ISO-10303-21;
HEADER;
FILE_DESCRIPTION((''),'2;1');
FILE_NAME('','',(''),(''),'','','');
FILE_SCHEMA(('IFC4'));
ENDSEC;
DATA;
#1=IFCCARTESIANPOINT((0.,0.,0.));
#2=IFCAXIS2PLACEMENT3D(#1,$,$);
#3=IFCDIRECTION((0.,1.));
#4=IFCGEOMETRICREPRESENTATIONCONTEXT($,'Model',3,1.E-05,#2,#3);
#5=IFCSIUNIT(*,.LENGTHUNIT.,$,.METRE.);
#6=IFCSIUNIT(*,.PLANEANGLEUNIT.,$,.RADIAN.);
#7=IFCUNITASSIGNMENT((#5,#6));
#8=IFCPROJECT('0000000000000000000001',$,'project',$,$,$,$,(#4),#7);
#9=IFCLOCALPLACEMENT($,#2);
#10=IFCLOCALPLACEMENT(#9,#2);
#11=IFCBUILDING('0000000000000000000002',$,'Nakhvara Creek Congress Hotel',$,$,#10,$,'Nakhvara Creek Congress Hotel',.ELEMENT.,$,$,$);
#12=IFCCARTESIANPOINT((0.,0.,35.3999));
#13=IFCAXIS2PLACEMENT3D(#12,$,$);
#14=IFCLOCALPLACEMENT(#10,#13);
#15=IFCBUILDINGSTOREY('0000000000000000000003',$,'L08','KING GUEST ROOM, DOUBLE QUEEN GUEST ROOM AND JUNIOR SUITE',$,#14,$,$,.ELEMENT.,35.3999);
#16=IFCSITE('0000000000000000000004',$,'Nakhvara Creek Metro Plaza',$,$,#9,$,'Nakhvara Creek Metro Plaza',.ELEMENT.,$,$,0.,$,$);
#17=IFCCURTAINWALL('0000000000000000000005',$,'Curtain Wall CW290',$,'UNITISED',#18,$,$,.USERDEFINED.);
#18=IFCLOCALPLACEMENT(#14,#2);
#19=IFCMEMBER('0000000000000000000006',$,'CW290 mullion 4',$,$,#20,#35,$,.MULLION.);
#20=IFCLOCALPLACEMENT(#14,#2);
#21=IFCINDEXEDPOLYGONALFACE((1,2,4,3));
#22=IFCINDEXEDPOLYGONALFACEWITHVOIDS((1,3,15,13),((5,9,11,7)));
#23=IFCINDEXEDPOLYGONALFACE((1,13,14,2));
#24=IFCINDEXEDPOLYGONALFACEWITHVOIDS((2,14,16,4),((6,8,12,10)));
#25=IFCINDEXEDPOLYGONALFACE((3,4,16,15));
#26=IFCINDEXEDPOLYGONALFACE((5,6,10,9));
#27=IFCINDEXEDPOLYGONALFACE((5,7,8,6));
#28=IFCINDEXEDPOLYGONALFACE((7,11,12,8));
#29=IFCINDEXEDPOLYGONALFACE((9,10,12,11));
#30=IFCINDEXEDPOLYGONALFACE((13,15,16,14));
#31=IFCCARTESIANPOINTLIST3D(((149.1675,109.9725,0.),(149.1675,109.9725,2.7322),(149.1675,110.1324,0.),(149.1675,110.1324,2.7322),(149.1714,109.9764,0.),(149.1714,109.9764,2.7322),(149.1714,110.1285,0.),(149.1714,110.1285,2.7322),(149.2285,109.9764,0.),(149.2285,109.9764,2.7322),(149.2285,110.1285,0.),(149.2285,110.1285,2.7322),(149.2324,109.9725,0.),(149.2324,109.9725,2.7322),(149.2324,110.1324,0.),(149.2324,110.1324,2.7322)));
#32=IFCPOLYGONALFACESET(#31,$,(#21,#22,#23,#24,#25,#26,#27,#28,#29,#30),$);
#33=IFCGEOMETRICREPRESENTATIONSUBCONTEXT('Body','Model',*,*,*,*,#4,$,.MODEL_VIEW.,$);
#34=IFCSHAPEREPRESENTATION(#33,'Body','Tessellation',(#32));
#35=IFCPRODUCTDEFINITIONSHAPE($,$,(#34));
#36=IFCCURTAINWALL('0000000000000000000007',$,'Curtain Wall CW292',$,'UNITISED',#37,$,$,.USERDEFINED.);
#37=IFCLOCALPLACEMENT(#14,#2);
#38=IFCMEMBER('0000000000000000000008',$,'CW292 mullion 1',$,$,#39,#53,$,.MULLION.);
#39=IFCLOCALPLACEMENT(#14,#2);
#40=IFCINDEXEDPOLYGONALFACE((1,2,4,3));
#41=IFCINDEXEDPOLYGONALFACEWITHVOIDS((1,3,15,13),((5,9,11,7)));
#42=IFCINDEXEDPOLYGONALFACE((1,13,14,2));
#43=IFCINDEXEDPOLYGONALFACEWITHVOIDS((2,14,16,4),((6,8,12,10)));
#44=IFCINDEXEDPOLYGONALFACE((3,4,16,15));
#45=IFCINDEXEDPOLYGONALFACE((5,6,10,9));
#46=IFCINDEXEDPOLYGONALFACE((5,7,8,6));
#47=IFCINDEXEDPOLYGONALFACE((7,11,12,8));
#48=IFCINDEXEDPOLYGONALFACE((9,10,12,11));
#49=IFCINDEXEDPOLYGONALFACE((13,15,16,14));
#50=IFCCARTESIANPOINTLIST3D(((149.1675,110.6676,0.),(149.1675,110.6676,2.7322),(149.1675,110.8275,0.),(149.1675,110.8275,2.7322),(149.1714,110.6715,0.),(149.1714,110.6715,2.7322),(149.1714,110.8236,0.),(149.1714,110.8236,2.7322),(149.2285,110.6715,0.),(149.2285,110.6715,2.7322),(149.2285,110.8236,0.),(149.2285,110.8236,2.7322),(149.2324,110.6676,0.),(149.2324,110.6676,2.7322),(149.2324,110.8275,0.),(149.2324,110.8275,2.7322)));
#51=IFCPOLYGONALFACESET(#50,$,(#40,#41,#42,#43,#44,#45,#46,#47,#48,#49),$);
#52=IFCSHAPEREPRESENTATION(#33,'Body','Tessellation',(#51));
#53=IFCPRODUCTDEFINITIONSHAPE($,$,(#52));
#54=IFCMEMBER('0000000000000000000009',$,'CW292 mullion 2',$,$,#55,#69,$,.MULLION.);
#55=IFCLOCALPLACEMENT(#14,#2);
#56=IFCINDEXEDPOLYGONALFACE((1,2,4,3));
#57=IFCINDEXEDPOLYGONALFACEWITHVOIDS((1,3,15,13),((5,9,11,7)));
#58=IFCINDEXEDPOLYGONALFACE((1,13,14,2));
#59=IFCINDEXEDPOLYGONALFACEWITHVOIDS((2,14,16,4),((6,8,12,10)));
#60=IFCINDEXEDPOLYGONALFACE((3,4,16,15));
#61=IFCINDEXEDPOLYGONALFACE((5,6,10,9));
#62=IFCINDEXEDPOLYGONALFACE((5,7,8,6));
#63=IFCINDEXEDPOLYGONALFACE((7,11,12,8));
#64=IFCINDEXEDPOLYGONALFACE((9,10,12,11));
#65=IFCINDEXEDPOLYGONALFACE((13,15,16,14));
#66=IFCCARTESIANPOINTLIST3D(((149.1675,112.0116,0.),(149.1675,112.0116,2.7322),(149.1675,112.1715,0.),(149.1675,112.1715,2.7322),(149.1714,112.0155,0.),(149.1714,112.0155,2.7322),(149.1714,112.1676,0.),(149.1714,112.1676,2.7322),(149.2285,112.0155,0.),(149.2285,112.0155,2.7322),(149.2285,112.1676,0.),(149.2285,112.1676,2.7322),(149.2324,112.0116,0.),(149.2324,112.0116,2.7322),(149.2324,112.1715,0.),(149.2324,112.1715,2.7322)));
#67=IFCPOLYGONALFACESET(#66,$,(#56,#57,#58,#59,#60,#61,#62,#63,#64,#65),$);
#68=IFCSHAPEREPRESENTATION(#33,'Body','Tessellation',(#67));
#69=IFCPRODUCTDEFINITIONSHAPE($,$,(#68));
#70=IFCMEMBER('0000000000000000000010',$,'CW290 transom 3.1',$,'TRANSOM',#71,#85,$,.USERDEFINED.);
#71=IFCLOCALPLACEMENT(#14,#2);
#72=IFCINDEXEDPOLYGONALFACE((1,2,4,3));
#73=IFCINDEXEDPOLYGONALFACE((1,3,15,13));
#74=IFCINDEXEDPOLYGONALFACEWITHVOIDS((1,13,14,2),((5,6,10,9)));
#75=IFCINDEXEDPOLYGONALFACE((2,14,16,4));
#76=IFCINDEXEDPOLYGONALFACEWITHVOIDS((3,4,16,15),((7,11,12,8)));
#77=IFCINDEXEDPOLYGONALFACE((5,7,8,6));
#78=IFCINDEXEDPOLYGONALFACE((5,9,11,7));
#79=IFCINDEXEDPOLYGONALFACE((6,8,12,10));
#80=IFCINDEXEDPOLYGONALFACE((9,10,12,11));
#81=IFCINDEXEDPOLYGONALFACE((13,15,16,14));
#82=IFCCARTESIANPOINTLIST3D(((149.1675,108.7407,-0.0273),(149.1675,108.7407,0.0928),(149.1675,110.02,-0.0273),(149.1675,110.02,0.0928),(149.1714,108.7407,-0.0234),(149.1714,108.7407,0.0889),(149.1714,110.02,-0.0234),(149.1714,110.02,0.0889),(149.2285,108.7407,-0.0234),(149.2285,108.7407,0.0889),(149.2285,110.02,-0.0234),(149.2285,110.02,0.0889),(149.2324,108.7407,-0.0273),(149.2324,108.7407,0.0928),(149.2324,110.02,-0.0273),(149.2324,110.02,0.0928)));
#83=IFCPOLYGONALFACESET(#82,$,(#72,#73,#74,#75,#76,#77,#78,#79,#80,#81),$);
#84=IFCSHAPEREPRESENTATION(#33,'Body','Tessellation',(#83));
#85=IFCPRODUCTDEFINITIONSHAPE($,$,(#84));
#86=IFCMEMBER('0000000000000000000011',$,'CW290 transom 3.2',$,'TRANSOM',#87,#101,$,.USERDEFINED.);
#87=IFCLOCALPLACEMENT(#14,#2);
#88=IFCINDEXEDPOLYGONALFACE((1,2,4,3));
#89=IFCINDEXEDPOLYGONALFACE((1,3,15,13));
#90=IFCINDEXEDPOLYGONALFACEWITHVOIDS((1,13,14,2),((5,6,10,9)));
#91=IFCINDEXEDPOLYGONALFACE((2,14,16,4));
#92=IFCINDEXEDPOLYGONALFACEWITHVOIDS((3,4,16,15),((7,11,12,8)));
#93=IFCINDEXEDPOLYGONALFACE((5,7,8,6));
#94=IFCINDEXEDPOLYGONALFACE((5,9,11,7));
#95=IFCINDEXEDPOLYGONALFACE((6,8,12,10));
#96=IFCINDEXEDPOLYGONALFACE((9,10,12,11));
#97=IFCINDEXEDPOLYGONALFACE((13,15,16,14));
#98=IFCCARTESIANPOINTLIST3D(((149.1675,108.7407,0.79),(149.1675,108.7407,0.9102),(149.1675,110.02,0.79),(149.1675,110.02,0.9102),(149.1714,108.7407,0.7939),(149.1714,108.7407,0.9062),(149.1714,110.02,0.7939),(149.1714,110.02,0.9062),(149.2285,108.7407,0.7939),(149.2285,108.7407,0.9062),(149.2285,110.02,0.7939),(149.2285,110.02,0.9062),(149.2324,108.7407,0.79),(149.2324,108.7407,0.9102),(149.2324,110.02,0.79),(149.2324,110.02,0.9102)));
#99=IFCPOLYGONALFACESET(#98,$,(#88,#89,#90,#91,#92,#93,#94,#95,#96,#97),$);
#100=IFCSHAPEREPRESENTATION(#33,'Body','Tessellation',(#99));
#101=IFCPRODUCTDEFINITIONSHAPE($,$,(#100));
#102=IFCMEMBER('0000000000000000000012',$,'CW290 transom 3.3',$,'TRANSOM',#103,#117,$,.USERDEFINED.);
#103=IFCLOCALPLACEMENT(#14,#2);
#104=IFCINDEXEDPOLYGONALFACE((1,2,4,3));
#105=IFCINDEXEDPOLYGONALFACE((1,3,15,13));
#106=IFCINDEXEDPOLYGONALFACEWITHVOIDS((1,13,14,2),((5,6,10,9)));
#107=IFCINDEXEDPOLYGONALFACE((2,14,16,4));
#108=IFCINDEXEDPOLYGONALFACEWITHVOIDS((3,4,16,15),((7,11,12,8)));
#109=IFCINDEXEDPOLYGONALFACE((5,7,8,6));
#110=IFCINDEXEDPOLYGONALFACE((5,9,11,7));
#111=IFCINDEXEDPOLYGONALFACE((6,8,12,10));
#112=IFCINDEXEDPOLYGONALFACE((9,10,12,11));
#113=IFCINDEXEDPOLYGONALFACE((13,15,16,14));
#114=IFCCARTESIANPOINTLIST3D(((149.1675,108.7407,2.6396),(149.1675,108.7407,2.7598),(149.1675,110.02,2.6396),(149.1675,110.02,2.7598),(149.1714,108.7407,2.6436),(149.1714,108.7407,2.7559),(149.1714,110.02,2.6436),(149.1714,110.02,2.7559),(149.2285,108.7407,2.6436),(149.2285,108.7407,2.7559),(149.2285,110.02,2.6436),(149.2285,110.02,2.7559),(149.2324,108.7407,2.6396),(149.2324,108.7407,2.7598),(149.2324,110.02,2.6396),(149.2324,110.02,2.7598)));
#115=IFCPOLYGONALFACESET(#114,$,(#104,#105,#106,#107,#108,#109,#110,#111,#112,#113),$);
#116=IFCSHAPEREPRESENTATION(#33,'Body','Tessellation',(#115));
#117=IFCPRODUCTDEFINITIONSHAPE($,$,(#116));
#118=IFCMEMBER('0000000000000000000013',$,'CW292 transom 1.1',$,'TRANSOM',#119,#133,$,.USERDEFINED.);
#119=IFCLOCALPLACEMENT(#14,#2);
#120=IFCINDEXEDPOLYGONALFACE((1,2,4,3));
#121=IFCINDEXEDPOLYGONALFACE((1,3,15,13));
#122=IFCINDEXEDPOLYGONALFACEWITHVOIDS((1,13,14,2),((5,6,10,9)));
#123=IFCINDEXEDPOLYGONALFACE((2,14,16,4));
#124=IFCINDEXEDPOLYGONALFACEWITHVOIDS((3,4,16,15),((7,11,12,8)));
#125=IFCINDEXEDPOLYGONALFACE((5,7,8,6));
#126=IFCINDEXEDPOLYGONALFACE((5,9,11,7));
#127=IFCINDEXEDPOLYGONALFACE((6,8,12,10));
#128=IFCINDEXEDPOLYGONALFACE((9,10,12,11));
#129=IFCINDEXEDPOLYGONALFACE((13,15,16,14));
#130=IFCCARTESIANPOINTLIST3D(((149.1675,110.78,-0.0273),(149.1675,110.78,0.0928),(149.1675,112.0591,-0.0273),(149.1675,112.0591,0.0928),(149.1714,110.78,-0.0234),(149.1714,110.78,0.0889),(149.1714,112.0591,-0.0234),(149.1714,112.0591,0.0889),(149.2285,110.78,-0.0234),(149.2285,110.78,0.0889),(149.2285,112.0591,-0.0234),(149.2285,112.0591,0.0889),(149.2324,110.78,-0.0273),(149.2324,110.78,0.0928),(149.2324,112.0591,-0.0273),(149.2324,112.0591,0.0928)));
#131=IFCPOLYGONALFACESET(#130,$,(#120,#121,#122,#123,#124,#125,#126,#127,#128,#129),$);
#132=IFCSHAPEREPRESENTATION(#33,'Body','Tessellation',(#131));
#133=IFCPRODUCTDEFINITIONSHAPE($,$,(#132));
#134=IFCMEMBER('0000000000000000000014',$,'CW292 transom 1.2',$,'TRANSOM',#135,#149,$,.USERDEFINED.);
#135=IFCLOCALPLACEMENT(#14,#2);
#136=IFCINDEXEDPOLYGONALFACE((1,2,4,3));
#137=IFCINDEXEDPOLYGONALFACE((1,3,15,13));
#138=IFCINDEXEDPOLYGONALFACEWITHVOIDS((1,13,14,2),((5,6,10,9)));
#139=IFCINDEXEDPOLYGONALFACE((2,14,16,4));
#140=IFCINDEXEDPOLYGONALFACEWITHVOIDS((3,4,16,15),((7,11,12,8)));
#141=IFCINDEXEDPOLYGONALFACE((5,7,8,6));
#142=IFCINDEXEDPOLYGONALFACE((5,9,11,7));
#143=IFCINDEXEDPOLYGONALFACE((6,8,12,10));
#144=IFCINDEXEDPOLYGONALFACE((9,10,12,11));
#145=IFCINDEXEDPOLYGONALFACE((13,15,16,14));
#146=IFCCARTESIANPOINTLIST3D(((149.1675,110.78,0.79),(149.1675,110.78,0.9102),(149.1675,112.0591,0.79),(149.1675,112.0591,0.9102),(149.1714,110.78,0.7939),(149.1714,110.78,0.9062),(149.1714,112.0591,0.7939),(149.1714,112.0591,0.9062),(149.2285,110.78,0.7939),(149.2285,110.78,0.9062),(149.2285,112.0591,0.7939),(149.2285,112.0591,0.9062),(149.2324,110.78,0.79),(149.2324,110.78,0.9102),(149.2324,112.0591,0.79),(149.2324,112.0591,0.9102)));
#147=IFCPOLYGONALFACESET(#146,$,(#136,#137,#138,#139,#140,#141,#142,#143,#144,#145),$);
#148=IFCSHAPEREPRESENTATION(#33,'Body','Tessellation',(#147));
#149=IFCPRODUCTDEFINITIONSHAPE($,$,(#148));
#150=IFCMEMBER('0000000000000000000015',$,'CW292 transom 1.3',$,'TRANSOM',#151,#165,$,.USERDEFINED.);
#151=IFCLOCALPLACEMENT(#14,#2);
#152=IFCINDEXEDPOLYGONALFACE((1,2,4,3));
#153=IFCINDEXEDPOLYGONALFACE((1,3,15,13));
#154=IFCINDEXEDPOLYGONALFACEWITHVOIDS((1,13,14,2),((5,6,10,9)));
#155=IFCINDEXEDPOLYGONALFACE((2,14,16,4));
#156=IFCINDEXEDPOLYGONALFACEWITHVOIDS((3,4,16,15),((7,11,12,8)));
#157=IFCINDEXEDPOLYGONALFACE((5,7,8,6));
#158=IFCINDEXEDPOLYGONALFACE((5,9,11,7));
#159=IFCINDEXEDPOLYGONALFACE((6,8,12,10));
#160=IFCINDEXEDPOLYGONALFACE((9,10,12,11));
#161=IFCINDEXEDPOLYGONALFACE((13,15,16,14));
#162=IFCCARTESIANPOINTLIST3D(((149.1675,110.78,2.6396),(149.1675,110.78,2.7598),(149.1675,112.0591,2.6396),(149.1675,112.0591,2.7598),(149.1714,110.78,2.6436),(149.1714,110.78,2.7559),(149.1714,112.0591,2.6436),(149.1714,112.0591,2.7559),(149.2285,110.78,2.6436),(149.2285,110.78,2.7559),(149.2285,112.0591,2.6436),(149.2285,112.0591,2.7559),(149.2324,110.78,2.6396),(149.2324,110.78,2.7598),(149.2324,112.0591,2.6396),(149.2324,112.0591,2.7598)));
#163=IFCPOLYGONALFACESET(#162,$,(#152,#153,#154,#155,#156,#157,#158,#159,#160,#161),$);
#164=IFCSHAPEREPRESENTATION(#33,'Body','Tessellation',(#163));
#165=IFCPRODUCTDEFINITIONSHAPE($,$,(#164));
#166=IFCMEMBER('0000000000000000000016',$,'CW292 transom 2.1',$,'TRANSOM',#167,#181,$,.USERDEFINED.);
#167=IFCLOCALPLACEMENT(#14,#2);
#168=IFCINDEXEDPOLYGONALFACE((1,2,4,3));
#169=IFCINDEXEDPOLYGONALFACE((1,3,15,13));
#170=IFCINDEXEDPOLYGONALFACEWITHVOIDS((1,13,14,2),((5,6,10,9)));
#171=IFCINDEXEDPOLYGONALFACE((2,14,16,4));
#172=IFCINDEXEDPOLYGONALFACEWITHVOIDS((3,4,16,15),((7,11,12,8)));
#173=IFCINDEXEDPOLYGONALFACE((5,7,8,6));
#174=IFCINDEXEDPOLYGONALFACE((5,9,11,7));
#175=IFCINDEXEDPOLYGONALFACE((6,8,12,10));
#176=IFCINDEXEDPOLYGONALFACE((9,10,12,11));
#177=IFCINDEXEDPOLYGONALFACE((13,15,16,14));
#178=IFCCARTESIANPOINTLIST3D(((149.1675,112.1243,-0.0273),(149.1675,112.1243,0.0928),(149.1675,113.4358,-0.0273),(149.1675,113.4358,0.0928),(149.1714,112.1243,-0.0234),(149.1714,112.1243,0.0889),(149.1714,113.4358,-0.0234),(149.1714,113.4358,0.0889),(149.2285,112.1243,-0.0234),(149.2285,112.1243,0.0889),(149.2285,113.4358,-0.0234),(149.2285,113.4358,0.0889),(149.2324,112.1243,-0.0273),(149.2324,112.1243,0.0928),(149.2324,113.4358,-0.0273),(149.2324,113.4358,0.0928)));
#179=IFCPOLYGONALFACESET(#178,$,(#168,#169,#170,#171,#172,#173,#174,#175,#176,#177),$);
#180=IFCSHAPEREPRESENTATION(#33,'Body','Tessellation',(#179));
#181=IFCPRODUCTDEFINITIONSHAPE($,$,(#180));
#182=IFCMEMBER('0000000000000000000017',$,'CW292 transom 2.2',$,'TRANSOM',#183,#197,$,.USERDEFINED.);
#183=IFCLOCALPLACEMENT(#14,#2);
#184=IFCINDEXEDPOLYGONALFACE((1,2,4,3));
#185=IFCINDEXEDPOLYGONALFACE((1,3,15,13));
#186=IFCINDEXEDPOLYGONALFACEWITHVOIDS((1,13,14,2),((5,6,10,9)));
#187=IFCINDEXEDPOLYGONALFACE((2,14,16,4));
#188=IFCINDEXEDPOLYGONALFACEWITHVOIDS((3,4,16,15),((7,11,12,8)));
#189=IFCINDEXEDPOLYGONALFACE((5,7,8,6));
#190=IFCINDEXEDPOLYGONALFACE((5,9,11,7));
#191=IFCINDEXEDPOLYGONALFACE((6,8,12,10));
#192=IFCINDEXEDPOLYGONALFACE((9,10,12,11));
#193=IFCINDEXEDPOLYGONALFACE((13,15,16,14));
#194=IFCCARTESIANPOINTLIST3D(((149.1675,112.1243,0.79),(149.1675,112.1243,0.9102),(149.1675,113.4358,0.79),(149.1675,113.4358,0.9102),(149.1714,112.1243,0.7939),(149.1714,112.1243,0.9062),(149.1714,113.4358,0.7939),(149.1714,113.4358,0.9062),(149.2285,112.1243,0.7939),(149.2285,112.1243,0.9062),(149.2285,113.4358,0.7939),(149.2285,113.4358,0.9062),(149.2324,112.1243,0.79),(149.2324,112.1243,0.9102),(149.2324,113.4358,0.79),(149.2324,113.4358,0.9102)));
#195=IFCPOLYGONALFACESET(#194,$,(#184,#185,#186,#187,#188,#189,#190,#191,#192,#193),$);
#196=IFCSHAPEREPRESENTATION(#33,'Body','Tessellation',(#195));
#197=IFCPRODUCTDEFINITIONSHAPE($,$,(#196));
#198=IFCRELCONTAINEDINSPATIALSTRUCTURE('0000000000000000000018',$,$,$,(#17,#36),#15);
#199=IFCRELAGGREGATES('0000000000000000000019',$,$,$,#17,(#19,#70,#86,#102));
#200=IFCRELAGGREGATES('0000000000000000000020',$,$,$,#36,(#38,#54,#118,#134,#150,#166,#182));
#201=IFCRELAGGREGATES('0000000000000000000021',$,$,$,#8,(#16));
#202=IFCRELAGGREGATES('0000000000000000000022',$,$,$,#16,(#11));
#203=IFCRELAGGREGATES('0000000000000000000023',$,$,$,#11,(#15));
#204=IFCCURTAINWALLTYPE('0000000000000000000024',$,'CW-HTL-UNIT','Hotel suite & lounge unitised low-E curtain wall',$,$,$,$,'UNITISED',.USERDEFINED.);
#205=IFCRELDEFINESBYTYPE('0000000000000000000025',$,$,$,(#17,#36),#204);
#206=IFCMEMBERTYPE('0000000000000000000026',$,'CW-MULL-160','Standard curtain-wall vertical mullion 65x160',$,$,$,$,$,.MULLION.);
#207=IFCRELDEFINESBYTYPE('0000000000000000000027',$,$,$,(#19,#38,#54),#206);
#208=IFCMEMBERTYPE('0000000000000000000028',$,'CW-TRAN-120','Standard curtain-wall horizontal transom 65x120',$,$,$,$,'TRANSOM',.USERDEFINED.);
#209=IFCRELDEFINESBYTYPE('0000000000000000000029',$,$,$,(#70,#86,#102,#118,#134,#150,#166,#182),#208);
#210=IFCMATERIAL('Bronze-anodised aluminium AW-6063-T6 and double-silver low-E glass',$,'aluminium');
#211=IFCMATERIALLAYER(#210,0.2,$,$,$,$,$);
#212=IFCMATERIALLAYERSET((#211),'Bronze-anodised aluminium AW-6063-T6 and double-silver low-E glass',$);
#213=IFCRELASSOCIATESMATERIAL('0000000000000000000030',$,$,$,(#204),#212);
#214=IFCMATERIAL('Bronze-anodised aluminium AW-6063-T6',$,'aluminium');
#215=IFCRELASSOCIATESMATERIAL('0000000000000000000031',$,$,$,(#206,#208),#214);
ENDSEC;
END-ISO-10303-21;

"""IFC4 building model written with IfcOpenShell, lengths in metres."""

from ifc_helpers import new_model, si_unit, direction, frame, origin, origin_2d, place, context, subcontext, project, spatial, hollow_rectangle, extrude, material, layer, layer_set, material_profile, profile_set, type_object, element, aggregate, save


model = new_model("IFC4")

# Units and contexts
model_context = context("Model", 3, precision=1e-05, world=origin(), true_north=direction((0.0, 1.0)))
body_context = subcontext(model_context, "Body", "Model", "MODEL_VIEW")
ifc_project = project(units=[si_unit("LENGTHUNIT", "METRE"), si_unit("PLANEANGLEUNIT", "RADIAN")], contexts=[model_context])

# Site, building, storey
site_placement = place(None, origin())
site = spatial("IfcSite", under=ifc_project, at=site_placement, Name="Nakhvara Creek Metro Plaza", LongName="Nakhvara Creek Metro Plaza", CompositionType="ELEMENT", RefElevation=0.0)
building_placement = place(site_placement, origin())
building = spatial("IfcBuilding", under=site, at=building_placement, Name="Nakhvara Creek Congress Hotel", LongName="Nakhvara Creek Congress Hotel", CompositionType="ELEMENT")
storey_placement = place(building_placement, frame((0.0, 0.0, 35.3999)))
storey = spatial("IfcBuildingStorey", under=building, at=storey_placement, Name="L08", Description="KING GUEST ROOM, DOUBLE QUEEN GUEST ROOM AND JUNIOR SUITE", CompositionType="ELEMENT", Elevation=35.3999)

# Curtain wall, member
ifc_material_1 = material(Name="Bronze-anodised aluminium AW-6063-T6 and double-silver low-E glass", Category="aluminium")
ifc_layer = layer(ifc_material_1, 0.2)
ifc_layer_set = layer_set([ifc_layer], Name="Bronze-anodised aluminium AW-6063-T6 and double-silver low-E glass")
curtain_wall_type = type_object("IfcCurtainWallType", Name="CW-HTL-UNIT", Description="Hotel suite & lounge unitised low-E curtain wall", ElementType="UNITISED", PredefinedType="USERDEFINED", material=ifc_layer_set)
curtain_wall_1_placement = place(storey_placement, origin())
curtain_wall_1 = element("IfcCurtainWall", 1, at=curtain_wall_1_placement, inside=storey, type_object=curtain_wall_type, Name="Curtain Wall CW290", ObjectType="UNITISED", PredefinedType="USERDEFINED")
ifc_material_2 = material(Name="Bronze-anodised aluminium AW-6063-T6", Category="aluminium")
ifc_material_profile_1 = material_profile(ifc_material_2, hollow_rectangle(XDim=0.0649, YDim=0.1599, WallThickness=0.0039, at=origin_2d()), Name="ALU-MULL 65x160x4", Category="LoadBearing")
ifc_profile_set_1 = profile_set([ifc_material_profile_1], Name="Bronze-anodised aluminium AW-6063-T6")
member_type_1 = type_object("IfcMemberType", Name="CW-MULL-160", Description="Standard curtain-wall vertical mullion 65x160", PredefinedType="MULLION", material=ifc_profile_set_1)
member_1_placement = place(storey_placement, frame((149.2, 110.0525, 0.0), z_axis=(0.0, 0.0, 1.0), x_axis=(-1.0, 0.0, 0.0)))
member_1 = element("IfcMember", 2, at=member_1_placement, type_object=member_type_1, Name="CW290 mullion 4", PredefinedType="MULLION", context=body_context, shape_type="SweptSolid", body=[
    extrude(hollow_rectangle(XDim=0.0649, YDim=0.1599, WallThickness=0.0039, at=origin_2d()), origin(), (0.0, 0.0, 1.0), 2.7322),
])

# Curtain wall, members
curtain_wall_2_placement = place(storey_placement, origin())
curtain_wall_2 = element("IfcCurtainWall", 3, at=curtain_wall_2_placement, inside=storey, type_object=curtain_wall_type, Name="Curtain Wall CW292", ObjectType="UNITISED", PredefinedType="USERDEFINED")
member_2_placement = place(storey_placement, frame((149.2, 110.7476, 0.0), z_axis=(0.0, 0.0, 1.0), x_axis=(-1.0, 0.0, 0.0)))
member_2 = element("IfcMember", 4, at=member_2_placement, type_object=member_type_1, Name="CW292 mullion 1", PredefinedType="MULLION", context=body_context, shape_type="SweptSolid", body=[
    extrude(hollow_rectangle(XDim=0.0649, YDim=0.1599, WallThickness=0.0039, at=origin_2d()), origin(), (0.0, 0.0, 1.0), 2.7322),
])
member_3_placement = place(storey_placement, frame((149.2, 112.0916, 0.0), z_axis=(0.0, 0.0, 1.0), x_axis=(-1.0, 0.0, 0.0)))
member_3 = element("IfcMember", 5, at=member_3_placement, type_object=member_type_1, Name="CW292 mullion 2", PredefinedType="MULLION", context=body_context, shape_type="SweptSolid", body=[
    extrude(hollow_rectangle(XDim=0.0649, YDim=0.1599, WallThickness=0.0039, at=origin_2d()), origin(), (0.0, 0.0, 1.0), 2.7322),
])

# Members
ifc_material_profile_2 = material_profile(ifc_material_2, hollow_rectangle(XDim=0.0649, YDim=0.1201, WallThickness=0.0039, at=origin_2d()), Name="ALU-TRAN 65x120x4", Category="LoadBearing")
ifc_profile_set_2 = profile_set([ifc_material_profile_2], Name="Bronze-anodised aluminium AW-6063-T6")
member_type_2 = type_object("IfcMemberType", Name="CW-TRAN-120", Description="Standard curtain-wall horizontal transom 65x120", ElementType="TRANSOM", PredefinedType="USERDEFINED", material=ifc_profile_set_2)
member_4_placement = place(storey_placement, frame((149.2, 108.7407, 0.0327), z_axis=(0.0, 1.0, 0.0), x_axis=(-1.0, 0.0, 0.0)))
member_4 = element("IfcMember", 6, at=member_4_placement, type_object=member_type_2, Name="CW290 transom 3.1", ObjectType="TRANSOM", PredefinedType="USERDEFINED", context=body_context, shape_type="SweptSolid", body=[
    extrude(hollow_rectangle(XDim=0.0649, YDim=0.1201, WallThickness=0.0039, at=origin_2d()), origin(), (0.0, 0.0, 1.0), 1.2793),
])
member_5_placement = place(storey_placement, frame((149.2, 108.7407, 0.8501), z_axis=(0.0, 1.0, 0.0), x_axis=(-1.0, 0.0, 0.0)))
member_5 = element("IfcMember", 7, at=member_5_placement, type_object=member_type_2, Name="CW290 transom 3.2", ObjectType="TRANSOM", PredefinedType="USERDEFINED", context=body_context, shape_type="SweptSolid", body=[
    extrude(hollow_rectangle(XDim=0.0649, YDim=0.1201, WallThickness=0.0039, at=origin_2d()), origin(), (0.0, 0.0, 1.0), 1.2793),
])
member_6_placement = place(storey_placement, frame((149.2, 108.7407, 2.6997), z_axis=(0.0, 1.0, 0.0), x_axis=(-1.0, 0.0, 0.0)))
member_6 = element("IfcMember", 8, at=member_6_placement, type_object=member_type_2, Name="CW290 transom 3.3", ObjectType="TRANSOM", PredefinedType="USERDEFINED", context=body_context, shape_type="SweptSolid", body=[
    extrude(hollow_rectangle(XDim=0.0649, YDim=0.1201, WallThickness=0.0039, at=origin_2d()), origin(), (0.0, 0.0, 1.0), 1.2793),
])
member_7_placement = place(storey_placement, frame((149.2, 110.78, 0.0327), z_axis=(0.0, 1.0, 0.0), x_axis=(-1.0, 0.0, 0.0)))
member_7 = element("IfcMember", 9, at=member_7_placement, type_object=member_type_2, Name="CW292 transom 1.1", ObjectType="TRANSOM", PredefinedType="USERDEFINED", context=body_context, shape_type="SweptSolid", body=[
    extrude(hollow_rectangle(XDim=0.0649, YDim=0.1201, WallThickness=0.0039, at=origin_2d()), origin(), (0.0, 0.0, 1.0), 1.2791),
])
member_8_placement = place(storey_placement, frame((149.2, 110.78, 0.8501), z_axis=(0.0, 1.0, 0.0), x_axis=(-1.0, 0.0, 0.0)))
member_8 = element("IfcMember", 10, at=member_8_placement, type_object=member_type_2, Name="CW292 transom 1.2", ObjectType="TRANSOM", PredefinedType="USERDEFINED", context=body_context, shape_type="SweptSolid", body=[
    extrude(hollow_rectangle(XDim=0.0649, YDim=0.1201, WallThickness=0.0039, at=origin_2d()), origin(), (0.0, 0.0, 1.0), 1.2791),
])
member_9_placement = place(storey_placement, frame((149.2, 110.78, 2.6997), z_axis=(0.0, 1.0, 0.0), x_axis=(-1.0, 0.0, 0.0)))
member_9 = element("IfcMember", 11, at=member_9_placement, type_object=member_type_2, Name="CW292 transom 1.3", ObjectType="TRANSOM", PredefinedType="USERDEFINED", context=body_context, shape_type="SweptSolid", body=[
    extrude(hollow_rectangle(XDim=0.0649, YDim=0.1201, WallThickness=0.0039, at=origin_2d()), origin(), (0.0, 0.0, 1.0), 1.2791),
])
member_10_placement = place(storey_placement, frame((149.2, 112.1243, 0.0327), z_axis=(0.0, 1.0, 0.0), x_axis=(-1.0, 0.0, 0.0)))
member_10 = element("IfcMember", 12, at=member_10_placement, type_object=member_type_2, Name="CW292 transom 2.1", ObjectType="TRANSOM", PredefinedType="USERDEFINED", context=body_context, shape_type="SweptSolid", body=[
    extrude(hollow_rectangle(XDim=0.0649, YDim=0.1201, WallThickness=0.0039, at=origin_2d()), origin(), (0.0, 0.0, 1.0), 1.3115),
])
member_11_placement = place(storey_placement, frame((149.2, 112.1243, 0.8501), z_axis=(0.0, 1.0, 0.0), x_axis=(-1.0, 0.0, 0.0)))
member_11 = element("IfcMember", 13, at=member_11_placement, type_object=member_type_2, Name="CW292 transom 2.2", ObjectType="TRANSOM", PredefinedType="USERDEFINED", context=body_context, shape_type="SweptSolid", body=[
    extrude(hollow_rectangle(XDim=0.0649, YDim=0.1201, WallThickness=0.0039, at=origin_2d()), origin(), (0.0, 0.0, 1.0), 1.3115),
])

aggregate(curtain_wall_1, [member_1, member_4, member_5, member_6])
aggregate(curtain_wall_2, [member_2, member_3, member_7, member_8, member_9, member_10, member_11])

save(model, "model.ifc")
